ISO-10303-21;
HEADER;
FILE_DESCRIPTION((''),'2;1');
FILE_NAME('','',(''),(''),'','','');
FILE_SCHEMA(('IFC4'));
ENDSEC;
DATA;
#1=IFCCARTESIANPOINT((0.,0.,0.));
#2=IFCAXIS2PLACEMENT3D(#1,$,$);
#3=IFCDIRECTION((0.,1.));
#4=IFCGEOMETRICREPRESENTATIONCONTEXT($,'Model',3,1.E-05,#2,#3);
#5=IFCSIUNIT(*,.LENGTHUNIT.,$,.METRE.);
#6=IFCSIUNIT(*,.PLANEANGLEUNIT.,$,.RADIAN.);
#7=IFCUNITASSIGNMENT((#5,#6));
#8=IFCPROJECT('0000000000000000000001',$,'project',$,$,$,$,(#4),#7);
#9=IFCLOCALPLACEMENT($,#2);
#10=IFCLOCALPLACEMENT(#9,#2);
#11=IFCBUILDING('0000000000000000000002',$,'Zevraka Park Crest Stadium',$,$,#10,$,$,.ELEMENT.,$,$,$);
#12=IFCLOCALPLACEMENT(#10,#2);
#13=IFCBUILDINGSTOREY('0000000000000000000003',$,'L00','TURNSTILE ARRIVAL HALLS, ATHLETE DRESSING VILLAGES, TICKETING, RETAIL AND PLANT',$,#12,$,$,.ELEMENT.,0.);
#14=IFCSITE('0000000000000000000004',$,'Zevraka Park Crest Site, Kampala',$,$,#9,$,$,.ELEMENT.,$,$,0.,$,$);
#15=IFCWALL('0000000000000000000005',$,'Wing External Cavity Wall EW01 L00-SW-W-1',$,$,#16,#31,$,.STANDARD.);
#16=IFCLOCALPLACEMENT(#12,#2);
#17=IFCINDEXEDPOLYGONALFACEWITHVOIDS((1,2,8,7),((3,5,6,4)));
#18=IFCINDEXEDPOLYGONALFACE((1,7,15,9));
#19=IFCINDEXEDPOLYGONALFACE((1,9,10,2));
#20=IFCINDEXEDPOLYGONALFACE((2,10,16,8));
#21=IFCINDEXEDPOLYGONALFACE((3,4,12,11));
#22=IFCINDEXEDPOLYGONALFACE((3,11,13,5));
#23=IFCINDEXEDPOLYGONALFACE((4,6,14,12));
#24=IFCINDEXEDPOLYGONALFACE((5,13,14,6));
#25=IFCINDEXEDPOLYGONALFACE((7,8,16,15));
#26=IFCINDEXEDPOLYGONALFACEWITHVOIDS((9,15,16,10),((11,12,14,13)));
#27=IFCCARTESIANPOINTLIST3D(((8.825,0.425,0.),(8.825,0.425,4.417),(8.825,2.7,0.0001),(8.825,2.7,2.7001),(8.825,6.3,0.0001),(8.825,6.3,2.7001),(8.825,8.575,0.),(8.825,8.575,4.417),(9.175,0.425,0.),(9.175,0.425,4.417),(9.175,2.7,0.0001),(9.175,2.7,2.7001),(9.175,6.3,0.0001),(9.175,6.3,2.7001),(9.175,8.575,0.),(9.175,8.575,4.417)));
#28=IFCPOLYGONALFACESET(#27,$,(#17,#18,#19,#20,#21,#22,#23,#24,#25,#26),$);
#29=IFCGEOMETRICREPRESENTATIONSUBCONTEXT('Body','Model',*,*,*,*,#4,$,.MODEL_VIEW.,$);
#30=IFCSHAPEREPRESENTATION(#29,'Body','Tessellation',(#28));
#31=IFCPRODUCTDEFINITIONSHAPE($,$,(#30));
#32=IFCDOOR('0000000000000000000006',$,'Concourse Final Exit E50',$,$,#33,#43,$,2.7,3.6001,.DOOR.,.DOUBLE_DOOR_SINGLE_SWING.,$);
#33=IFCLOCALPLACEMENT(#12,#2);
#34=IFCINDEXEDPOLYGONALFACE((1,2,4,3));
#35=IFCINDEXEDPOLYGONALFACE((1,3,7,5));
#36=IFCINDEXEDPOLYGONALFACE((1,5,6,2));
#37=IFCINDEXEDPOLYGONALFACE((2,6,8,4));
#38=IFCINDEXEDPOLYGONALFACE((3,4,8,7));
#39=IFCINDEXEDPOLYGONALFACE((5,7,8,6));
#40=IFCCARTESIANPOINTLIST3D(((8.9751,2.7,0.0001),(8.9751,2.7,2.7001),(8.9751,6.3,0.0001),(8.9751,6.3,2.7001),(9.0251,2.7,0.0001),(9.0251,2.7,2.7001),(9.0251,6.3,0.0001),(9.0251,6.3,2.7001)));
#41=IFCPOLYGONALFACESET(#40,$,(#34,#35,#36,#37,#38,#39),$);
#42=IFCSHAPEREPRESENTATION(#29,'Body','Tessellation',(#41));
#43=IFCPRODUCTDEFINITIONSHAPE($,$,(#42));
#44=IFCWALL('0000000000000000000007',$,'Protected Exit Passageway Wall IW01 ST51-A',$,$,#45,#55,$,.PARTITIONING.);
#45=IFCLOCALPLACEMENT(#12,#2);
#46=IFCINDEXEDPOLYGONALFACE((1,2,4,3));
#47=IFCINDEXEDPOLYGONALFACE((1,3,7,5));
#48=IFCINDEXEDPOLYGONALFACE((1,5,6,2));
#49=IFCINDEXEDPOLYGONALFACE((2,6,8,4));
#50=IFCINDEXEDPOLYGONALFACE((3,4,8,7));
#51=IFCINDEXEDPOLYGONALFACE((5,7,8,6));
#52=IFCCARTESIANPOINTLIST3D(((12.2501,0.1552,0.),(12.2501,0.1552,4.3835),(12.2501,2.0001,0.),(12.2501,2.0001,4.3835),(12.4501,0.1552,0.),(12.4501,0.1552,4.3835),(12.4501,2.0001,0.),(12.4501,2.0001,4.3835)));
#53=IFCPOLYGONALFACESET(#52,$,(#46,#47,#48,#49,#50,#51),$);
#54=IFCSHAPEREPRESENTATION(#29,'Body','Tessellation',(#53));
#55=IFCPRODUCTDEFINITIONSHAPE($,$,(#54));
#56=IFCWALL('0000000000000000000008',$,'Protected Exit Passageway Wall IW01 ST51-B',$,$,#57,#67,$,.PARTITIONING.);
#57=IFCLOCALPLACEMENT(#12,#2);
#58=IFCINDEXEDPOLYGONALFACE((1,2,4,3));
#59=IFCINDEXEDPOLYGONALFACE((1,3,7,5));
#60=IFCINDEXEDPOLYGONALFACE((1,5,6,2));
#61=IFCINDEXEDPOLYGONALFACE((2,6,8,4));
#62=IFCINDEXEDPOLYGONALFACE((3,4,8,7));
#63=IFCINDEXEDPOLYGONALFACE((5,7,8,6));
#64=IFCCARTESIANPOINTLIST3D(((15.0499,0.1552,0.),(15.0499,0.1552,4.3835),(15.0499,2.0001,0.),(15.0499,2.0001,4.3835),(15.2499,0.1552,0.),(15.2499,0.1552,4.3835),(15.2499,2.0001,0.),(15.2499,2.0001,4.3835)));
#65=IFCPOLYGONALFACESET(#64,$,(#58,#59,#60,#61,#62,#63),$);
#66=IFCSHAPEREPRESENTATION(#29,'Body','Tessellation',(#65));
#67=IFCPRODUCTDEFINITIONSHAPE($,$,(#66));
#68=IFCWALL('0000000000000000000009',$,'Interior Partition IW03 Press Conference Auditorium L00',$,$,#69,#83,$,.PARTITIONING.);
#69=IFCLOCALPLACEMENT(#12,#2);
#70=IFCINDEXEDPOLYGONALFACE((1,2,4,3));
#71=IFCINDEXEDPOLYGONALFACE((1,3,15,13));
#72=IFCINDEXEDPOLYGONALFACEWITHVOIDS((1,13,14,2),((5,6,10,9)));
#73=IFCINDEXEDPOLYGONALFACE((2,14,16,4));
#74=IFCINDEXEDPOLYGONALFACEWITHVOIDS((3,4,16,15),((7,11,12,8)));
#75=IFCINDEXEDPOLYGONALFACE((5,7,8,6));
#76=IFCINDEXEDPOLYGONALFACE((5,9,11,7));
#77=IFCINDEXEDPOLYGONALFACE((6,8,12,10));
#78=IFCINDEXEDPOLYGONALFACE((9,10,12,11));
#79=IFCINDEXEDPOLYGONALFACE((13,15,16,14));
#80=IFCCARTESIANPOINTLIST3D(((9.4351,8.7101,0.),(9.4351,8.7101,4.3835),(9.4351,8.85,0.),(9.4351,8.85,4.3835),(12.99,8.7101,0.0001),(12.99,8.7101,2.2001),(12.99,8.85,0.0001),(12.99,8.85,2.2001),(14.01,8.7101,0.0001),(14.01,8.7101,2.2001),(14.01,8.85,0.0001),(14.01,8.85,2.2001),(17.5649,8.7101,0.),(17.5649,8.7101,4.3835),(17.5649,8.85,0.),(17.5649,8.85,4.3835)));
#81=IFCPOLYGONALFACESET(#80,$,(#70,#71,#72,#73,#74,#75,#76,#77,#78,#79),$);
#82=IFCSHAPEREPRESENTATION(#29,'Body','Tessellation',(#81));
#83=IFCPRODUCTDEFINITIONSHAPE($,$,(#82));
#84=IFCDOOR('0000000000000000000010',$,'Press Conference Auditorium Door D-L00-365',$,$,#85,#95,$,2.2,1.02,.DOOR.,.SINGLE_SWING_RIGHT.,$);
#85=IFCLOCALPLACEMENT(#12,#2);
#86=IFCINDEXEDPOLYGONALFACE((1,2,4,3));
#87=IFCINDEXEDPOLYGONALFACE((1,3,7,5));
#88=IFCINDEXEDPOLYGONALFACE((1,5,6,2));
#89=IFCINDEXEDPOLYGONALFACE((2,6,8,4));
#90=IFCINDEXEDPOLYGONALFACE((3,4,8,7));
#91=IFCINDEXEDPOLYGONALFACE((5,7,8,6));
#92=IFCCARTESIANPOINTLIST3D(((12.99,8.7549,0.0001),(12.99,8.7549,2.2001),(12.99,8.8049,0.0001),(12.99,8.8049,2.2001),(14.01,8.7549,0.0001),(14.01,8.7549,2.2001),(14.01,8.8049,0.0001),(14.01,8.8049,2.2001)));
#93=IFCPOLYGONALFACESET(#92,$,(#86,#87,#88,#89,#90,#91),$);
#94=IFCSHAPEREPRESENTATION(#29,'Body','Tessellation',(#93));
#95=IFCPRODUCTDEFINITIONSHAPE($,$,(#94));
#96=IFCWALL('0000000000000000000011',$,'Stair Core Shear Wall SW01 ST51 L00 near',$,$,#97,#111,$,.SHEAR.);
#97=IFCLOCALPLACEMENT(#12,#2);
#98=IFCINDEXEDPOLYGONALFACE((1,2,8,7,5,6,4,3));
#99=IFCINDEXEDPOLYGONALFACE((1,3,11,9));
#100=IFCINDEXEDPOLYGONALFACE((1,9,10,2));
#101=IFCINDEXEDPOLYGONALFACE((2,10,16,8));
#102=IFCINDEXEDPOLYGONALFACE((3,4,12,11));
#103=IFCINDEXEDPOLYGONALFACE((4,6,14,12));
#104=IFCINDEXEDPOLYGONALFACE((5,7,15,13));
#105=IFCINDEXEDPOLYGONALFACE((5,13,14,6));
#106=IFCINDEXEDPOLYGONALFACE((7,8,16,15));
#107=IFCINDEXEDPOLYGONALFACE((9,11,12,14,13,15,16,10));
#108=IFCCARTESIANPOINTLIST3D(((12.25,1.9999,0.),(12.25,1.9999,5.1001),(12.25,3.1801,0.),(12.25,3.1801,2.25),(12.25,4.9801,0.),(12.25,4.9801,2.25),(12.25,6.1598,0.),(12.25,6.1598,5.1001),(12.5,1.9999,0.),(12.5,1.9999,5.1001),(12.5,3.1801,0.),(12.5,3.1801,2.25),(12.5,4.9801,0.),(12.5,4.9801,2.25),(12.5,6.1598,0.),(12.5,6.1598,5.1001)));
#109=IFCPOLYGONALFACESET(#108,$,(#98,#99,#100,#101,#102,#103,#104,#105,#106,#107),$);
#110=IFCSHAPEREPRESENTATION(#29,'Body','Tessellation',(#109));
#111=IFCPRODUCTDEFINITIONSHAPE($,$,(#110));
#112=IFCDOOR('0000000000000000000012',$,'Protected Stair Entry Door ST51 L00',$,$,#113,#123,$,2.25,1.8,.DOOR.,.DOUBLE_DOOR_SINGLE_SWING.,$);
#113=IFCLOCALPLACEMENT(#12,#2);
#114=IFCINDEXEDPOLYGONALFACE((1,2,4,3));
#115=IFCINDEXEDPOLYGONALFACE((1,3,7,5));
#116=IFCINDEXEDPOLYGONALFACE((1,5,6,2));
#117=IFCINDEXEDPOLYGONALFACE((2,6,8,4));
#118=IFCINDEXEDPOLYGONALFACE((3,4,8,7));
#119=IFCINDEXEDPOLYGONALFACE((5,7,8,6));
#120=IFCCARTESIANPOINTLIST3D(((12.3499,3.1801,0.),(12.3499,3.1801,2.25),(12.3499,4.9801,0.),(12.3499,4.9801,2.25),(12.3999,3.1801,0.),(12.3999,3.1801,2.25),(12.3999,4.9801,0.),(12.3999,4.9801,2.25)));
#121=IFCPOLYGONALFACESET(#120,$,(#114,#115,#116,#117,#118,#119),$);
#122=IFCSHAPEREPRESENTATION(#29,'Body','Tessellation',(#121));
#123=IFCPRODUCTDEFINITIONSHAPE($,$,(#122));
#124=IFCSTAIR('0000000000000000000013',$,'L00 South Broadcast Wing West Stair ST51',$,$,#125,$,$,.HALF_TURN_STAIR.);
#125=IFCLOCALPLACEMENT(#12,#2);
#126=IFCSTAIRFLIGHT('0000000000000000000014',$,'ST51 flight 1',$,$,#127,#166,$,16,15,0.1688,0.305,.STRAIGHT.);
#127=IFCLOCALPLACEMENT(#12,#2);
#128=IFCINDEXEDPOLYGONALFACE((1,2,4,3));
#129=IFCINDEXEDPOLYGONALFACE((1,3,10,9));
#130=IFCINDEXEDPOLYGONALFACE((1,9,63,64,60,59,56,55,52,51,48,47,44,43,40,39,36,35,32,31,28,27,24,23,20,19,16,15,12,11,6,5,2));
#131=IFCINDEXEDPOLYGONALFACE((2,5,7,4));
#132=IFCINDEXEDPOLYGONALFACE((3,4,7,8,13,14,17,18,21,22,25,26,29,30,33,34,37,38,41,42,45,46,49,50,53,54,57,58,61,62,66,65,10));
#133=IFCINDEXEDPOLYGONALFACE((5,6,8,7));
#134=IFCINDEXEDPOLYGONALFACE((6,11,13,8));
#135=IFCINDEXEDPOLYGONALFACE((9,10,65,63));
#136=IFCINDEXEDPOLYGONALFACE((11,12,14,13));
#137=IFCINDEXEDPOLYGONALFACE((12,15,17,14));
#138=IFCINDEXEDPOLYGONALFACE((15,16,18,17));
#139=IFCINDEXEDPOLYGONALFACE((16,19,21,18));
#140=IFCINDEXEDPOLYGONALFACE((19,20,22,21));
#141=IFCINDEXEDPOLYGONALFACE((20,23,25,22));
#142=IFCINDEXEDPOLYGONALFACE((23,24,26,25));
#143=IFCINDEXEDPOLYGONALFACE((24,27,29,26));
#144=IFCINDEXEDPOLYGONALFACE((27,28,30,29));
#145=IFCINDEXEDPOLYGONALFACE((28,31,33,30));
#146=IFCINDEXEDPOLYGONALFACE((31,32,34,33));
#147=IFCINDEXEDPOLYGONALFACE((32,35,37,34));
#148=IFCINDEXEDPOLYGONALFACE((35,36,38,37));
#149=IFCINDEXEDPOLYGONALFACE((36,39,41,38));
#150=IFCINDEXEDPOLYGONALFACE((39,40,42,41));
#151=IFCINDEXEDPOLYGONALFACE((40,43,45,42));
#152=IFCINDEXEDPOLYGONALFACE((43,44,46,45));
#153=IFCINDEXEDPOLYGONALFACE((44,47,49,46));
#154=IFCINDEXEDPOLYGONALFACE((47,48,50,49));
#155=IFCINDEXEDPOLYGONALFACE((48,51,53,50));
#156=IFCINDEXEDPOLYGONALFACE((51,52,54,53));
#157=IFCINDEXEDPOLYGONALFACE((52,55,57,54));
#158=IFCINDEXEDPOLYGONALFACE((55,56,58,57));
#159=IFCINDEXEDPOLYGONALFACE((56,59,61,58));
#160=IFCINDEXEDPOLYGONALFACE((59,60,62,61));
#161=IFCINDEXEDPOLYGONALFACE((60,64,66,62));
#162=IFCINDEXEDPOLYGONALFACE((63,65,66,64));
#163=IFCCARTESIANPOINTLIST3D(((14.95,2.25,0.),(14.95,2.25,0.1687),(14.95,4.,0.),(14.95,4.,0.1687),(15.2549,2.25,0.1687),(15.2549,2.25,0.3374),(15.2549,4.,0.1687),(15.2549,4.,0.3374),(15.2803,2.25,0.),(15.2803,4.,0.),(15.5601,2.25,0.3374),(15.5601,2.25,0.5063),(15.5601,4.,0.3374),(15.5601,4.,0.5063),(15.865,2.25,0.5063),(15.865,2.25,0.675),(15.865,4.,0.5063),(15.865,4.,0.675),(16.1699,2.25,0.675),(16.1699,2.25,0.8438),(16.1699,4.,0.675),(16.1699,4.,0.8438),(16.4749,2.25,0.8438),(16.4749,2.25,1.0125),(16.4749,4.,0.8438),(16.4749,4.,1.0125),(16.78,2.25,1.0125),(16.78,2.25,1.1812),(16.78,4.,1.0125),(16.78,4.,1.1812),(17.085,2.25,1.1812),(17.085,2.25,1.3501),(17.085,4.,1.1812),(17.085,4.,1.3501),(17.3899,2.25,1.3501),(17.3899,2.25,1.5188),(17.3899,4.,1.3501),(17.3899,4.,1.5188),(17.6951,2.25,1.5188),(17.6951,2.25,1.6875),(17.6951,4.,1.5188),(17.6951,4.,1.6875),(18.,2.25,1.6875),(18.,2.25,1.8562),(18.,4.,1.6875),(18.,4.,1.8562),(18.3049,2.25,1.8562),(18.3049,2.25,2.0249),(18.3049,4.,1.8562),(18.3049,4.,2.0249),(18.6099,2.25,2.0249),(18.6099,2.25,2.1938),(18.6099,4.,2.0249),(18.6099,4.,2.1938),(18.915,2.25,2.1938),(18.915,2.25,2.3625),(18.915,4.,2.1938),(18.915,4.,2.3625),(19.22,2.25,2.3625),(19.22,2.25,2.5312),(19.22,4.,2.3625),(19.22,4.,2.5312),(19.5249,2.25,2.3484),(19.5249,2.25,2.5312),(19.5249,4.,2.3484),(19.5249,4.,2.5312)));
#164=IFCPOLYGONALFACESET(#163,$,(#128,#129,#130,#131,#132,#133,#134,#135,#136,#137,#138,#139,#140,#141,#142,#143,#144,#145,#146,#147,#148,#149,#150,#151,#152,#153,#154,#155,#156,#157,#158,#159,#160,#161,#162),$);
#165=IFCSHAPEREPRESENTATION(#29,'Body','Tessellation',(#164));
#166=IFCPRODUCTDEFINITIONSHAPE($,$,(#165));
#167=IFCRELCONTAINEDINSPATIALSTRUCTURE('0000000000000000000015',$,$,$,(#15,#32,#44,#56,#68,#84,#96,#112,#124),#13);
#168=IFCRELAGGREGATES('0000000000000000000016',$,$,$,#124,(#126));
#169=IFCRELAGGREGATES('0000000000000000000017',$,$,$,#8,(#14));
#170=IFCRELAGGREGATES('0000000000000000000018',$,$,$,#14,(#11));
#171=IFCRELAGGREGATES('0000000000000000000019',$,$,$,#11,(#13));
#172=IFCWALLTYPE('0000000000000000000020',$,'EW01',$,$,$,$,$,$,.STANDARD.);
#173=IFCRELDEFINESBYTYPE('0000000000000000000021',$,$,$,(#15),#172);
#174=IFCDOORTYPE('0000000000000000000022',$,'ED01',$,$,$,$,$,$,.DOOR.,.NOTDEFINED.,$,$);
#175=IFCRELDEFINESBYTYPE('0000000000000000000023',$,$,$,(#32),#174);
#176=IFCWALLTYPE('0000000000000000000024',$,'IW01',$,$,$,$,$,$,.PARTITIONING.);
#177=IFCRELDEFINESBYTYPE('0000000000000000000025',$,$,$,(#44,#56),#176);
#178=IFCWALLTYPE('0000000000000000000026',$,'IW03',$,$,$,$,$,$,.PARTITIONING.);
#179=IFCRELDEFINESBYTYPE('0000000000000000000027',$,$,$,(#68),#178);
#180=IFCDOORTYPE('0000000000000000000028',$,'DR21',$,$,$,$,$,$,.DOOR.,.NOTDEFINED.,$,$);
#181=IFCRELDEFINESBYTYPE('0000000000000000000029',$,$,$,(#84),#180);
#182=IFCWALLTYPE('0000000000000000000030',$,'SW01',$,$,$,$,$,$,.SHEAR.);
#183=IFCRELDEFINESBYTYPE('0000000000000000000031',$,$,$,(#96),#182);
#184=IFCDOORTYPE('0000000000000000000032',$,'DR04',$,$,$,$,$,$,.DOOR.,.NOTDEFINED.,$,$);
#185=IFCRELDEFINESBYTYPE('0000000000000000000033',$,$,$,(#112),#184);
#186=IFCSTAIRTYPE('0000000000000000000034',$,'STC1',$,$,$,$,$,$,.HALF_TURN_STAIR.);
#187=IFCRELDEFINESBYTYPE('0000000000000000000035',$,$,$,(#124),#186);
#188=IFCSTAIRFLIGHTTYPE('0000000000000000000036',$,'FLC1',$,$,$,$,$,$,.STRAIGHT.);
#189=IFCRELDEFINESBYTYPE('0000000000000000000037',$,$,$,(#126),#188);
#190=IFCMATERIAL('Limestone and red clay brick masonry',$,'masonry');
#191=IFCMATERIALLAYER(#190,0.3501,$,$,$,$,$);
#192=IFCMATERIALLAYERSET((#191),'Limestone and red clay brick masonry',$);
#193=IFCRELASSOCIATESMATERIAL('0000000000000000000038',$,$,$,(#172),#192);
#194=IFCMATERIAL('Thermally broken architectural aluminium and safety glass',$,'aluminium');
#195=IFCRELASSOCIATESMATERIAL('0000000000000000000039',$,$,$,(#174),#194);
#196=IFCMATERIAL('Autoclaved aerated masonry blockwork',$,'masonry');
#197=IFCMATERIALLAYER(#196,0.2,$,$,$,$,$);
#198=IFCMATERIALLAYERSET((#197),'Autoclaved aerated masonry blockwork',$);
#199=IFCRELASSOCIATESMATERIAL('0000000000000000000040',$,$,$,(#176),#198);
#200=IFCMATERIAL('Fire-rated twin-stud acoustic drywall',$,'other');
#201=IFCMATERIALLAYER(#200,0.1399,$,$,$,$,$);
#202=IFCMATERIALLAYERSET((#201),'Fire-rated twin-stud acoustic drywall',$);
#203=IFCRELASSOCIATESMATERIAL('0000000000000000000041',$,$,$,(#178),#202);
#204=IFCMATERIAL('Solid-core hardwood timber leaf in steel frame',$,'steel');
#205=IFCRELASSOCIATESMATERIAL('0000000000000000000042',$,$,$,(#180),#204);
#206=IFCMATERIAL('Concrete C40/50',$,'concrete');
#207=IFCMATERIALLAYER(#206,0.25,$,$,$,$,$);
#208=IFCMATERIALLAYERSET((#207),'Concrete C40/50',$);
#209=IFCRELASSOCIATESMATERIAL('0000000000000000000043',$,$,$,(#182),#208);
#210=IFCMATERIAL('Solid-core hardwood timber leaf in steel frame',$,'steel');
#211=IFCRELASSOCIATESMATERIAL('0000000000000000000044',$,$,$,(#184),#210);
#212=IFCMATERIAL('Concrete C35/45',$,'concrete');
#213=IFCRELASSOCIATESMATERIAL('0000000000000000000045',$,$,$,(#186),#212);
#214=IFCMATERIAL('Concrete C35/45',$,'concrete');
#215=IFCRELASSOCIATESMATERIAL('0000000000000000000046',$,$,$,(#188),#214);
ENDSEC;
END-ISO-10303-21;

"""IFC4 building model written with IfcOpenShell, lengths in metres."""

from ifc_helpers import new_model, si_unit, direction, frame, frame_2d, origin, place, context, subcontext, project, spatial, polyline, rectangle, outline, extrude, material, layer, layer_set, type_object, element, fill, aggregate, save


model = new_model("IFC4")

# Units and contexts
model_context = context("Model", 3, precision=1e-05, world=origin(), true_north=direction((0.0, 1.0)))
body_context = subcontext(model_context, "Body", "Model", "MODEL_VIEW")
ifc_project = project(units=[si_unit("LENGTHUNIT", "METRE"), si_unit("PLANEANGLEUNIT", "RADIAN")], contexts=[model_context])

# Site, building, storey
site_placement = place(None, origin())
site = spatial("IfcSite", under=ifc_project, at=site_placement, Name="Zevraka Park Crest Site, Kampala", CompositionType="ELEMENT", RefElevation=0.0)
building_placement = place(site_placement, origin())
building = spatial("IfcBuilding", under=site, at=building_placement, Name="Zevraka Park Crest Stadium", CompositionType="ELEMENT")
storey_placement = place(building_placement, origin())
storey = spatial("IfcBuildingStorey", under=building, at=storey_placement, Name="L00", Description="TURNSTILE ARRIVAL HALLS, ATHLETE DRESSING VILLAGES, TICKETING, RETAIL AND PLANT", CompositionType="ELEMENT", Elevation=0.0)

# Wall, opening, door
ifc_material_1 = material(Name="Limestone and red clay brick masonry", Category="masonry")
ifc_layer_1 = layer(ifc_material_1, 0.3501)
ifc_layer_set_1 = layer_set([ifc_layer_1], Name="Limestone and red clay brick masonry")
wall_type_1 = type_object("IfcWallType", Name="EW01", PredefinedType="STANDARD", material=ifc_layer_set_1)
wall_1_placement = place(storey_placement, frame((9.0, 0.425, 0.0), z_axis=(0.0, 0.0, 1.0), x_axis=(0.0, 1.0, 0.0)))
wall_1 = element("IfcWall", 1, at=wall_1_placement, inside=storey, type_object=wall_type_1, Name="Wing External Cavity Wall EW01 L00-SW-W-1", PredefinedType="STANDARD", context=body_context, shape_type="SweptSolid", body=[
    extrude(rectangle(XDim=8.1499, YDim=0.3501, at=frame_2d((4.075, 0.0))), origin(), (0.0, 0.0, 1.0), 4.417),
])
opening_1_placement = place(wall_1_placement, frame((2.2749, 0.0, 0.0)))
opening_1 = element("IfcOpeningElement", 2, at=opening_1_placement, cuts=wall_1, PredefinedType="OPENING", context=body_context, shape_type="SweptSolid", body=[
    extrude(rectangle(XDim=3.6001, YDim=2.7, at=frame_2d((1.8, 1.3501))), frame((0.0, 0.1851, 0.0), z_axis=(0.0, -1.0, 0.0), x_axis=(1.0, 0.0, 0.0)), (0.0, 0.0, 1.0), 0.3701),
])
ifc_material_2 = material(Name="Thermally broken architectural aluminium and safety glass", Category="aluminium")
door_type_1 = type_object("IfcDoorType", Name="ED01", OperationType="NOTDEFINED", PredefinedType="DOOR", material=ifc_material_2)
door_1_placement = place(opening_1_placement, origin())
door_1 = element("IfcDoor", 3, at=door_1_placement, inside=storey, type_object=door_type_1, Name="Concourse Final Exit E50", OperationType="DOUBLE_DOOR_SINGLE_SWING", OverallHeight=2.7, OverallWidth=3.6001, PredefinedType="DOOR", context=body_context, shape_type="SweptSolid", body=[
    extrude(rectangle(XDim=3.6001, YDim=2.7, at=frame_2d((1.8, 1.3501))), frame((0.0, 0.0249, 0.0), z_axis=(0.0, -1.0, 0.0), x_axis=(1.0, 0.0, 0.0)), (0.0, 0.0, 1.0), 0.05),
])
fill(opening_1, door_1)

# Walls
ifc_material_3 = material(Name="Autoclaved aerated masonry blockwork", Category="masonry")
ifc_layer_2 = layer(ifc_material_3, 0.2)
ifc_layer_set_2 = layer_set([ifc_layer_2], Name="Autoclaved aerated masonry blockwork")
wall_type_2 = type_object("IfcWallType", Name="IW01", PredefinedType="PARTITIONING", material=ifc_layer_set_2)
for number, where, z_axis, x_axis, name in (
    (4, (12.3501, 2.0, 0.0), (0.0, 0.0, 1.0), (0.0, -1.0, 0.0), "Protected Exit Passageway Wall IW01 ST51-A"),
    (5, (15.1499, 2.0, 0.0), (0.0, 0.0, 1.0), (0.0, -1.0, 0.0), "Protected Exit Passageway Wall IW01 ST51-B"),
):
    element("IfcWall", number, at=place(storey_placement, frame(where, z_axis=z_axis, x_axis=x_axis)), inside=storey, type_object=wall_type_2, Name=name, PredefinedType="PARTITIONING", context=body_context, shape_type="SweptSolid", body=[
        extrude(rectangle(XDim=1.845, YDim=0.2, at=frame_2d((0.9224, 0.0))), origin(), (0.0, 0.0, 1.0), 4.3835),
    ])

# Walls, openings, doors
ifc_material_4 = material(Name="Fire-rated twin-stud acoustic drywall", Category="other")
ifc_layer_3 = layer(ifc_material_4, 0.1399)
ifc_layer_set_3 = layer_set([ifc_layer_3], Name="Fire-rated twin-stud acoustic drywall")
wall_type_3 = type_object("IfcWallType", Name="IW03", PredefinedType="PARTITIONING", material=ifc_layer_set_3)
wall_2_placement = place(storey_placement, frame((9.4351, 8.78, 0.0), z_axis=(0.0, 0.0, 1.0), x_axis=(1.0, 0.0, 0.0)))
wall_2 = element("IfcWall", 6, at=wall_2_placement, inside=storey, type_object=wall_type_3, Name="Interior Partition IW03 Press Conference Auditorium L00", PredefinedType="PARTITIONING", context=body_context, shape_type="SweptSolid", body=[
    extrude(rectangle(XDim=8.1299, YDim=0.1399, at=frame_2d((4.0649, 0.0))), origin(), (0.0, 0.0, 1.0), 4.3835),
])
opening_2_placement = place(wall_2_placement, frame((3.5549, 0.0, 0.0)))
opening_2 = element("IfcOpeningElement", 7, at=opening_2_placement, cuts=wall_2, PredefinedType="OPENING", context=body_context, shape_type="SweptSolid", body=[
    extrude(rectangle(XDim=1.02, YDim=2.2, at=frame_2d((0.51, 1.1001))), frame((0.0, 0.0798, 0.0), z_axis=(0.0, -1.0, 0.0), x_axis=(1.0, 0.0, 0.0)), (0.0, 0.0, 1.0), 0.1599),
])
ifc_material_5 = material(Name="Solid-core hardwood timber leaf in steel frame", Category="steel")
door_type_2 = type_object("IfcDoorType", Name="DR21", OperationType="NOTDEFINED", PredefinedType="DOOR", material=ifc_material_5)
door_2_placement = place(opening_2_placement, origin())
door_2 = element("IfcDoor", 8, at=door_2_placement, inside=storey, type_object=door_type_2, Name="Press Conference Auditorium Door D-L00-365", OperationType="SINGLE_SWING_RIGHT", OverallHeight=2.2, OverallWidth=1.02, PredefinedType="DOOR", context=body_context, shape_type="SweptSolid", body=[
    extrude(rectangle(XDim=1.02, YDim=2.2, at=frame_2d((0.51, 1.1001))), frame((0.0, 0.0249, 0.0), z_axis=(0.0, -1.0, 0.0), x_axis=(1.0, 0.0, 0.0)), (0.0, 0.0, 1.0), 0.05),
])
fill(opening_2, door_2)
ifc_material_6 = material(Name="Concrete C40/50", Category="concrete")
ifc_layer_4 = layer(ifc_material_6, 0.25)
ifc_layer_set_4 = layer_set([ifc_layer_4], Name="Concrete C40/50")
wall_type_4 = type_object("IfcWallType", Name="SW01", PredefinedType="SHEAR", material=ifc_layer_set_4)
wall_3_placement = place(storey_placement, frame((12.375, 6.1599, 0.0), z_axis=(0.0, 0.0, 1.0), x_axis=(0.0, -1.0, 0.0)))
wall_3 = element("IfcWall", 9, at=wall_3_placement, inside=storey, type_object=wall_type_4, Name="Stair Core Shear Wall SW01 ST51 L00 near", PredefinedType="SHEAR", context=body_context, shape_type="SweptSolid", body=[
    extrude(rectangle(XDim=4.1599, YDim=0.25, at=frame_2d((2.0801, 0.0))), origin(), (0.0, 0.0, 1.0), 5.1001),
])
opening_3_placement = place(wall_3_placement, frame((1.1799, 0.0, 0.0)))
opening_3 = element("IfcOpeningElement", 10, at=opening_3_placement, cuts=wall_3, PredefinedType="OPENING", context=body_context, shape_type="SweptSolid", body=[
    extrude(rectangle(XDim=1.8, YDim=2.25, at=frame_2d((0.8999, 1.125))), frame((0.0, 0.135, 0.0), z_axis=(0.0, -1.0, 0.0), x_axis=(1.0, 0.0, 0.0)), (0.0, 0.0, 1.0), 0.27),
])
ifc_material_7 = material(Name="Solid-core hardwood timber leaf in steel frame", Category="steel")
door_type_3 = type_object("IfcDoorType", Name="DR04", OperationType="NOTDEFINED", PredefinedType="DOOR", material=ifc_material_7)
door_3_placement = place(opening_3_placement, origin())
door_3 = element("IfcDoor", 11, at=door_3_placement, inside=storey, type_object=door_type_3, Name="Protected Stair Entry Door ST51 L00", OperationType="DOUBLE_DOOR_SINGLE_SWING", OverallHeight=2.25, OverallWidth=1.8, PredefinedType="DOOR", context=body_context, shape_type="SweptSolid", body=[
    extrude(rectangle(XDim=1.8, YDim=2.25, at=frame_2d((0.8999, 1.125))), frame((0.0, 0.0249, 0.0), z_axis=(0.0, -1.0, 0.0), x_axis=(1.0, 0.0, 0.0)), (0.0, 0.0, 1.0), 0.05),
])
fill(opening_3, door_3)

# Stair, stair flight
ifc_material_8 = material(Name="Concrete C35/45", Category="concrete")
stair_type = type_object("IfcStairType", Name="STC1", PredefinedType="HALF_TURN_STAIR", material=ifc_material_8)
stair_placement = place(storey_placement, origin())
stair = element("IfcStair", 12, at=stair_placement, inside=storey, type_object=stair_type, Name="L00 South Broadcast Wing West Stair ST51", PredefinedType="HALF_TURN_STAIR")
ifc_material_9 = material(Name="Concrete C35/45", Category="concrete")
stair_flight_type = type_object("IfcStairFlightType", Name="FLC1", PredefinedType="STRAIGHT", material=ifc_material_9)
stair_flight_placement = place(storey_placement, frame((14.95, 3.125, 0.0), z_axis=(0.0, 0.0, 1.0), x_axis=(1.0, 0.0, 0.0)))
stair_flight = element("IfcStairFlight", 13, at=stair_flight_placement, type_object=stair_flight_type, Name="ST51 flight 1", NumberOfRisers=16, NumberOfTreads=15, PredefinedType="STRAIGHT", RiserHeight=0.1688, TreadLength=0.305, context=body_context, shape_type="SweptSolid", body=[
    extrude(outline(polyline([(0.0, 0.0), (0.0, 0.1687), (0.3049, 0.1687), (0.3049, 0.3374), (0.6101, 0.3374), (0.6101, 0.5063), (0.915, 0.5063), (0.915, 0.675), (1.22, 0.675), (1.22, 0.8438), (1.5249, 0.8438), (1.5249, 1.0125), (1.8301, 1.0125), (1.8301, 1.1812), (2.135, 1.1812), (2.135, 1.3501), (2.4399, 1.3501), (2.4399, 1.5188), (2.7451, 1.5188), (2.7451, 1.6875), (3.05, 1.6875), (3.05, 1.8562), (3.355, 1.8562), (3.355, 2.0249), (3.6599, 2.0249), (3.6599, 2.1938), (3.9651, 2.1938), (3.9651, 2.3625), (4.27, 2.3625), (4.27, 2.5312), (4.575, 2.5312), (4.575, 2.7), (4.575, 2.3484), (0.3303, 0.0), (0.0, 0.0)])), frame((0.0, 0.875, 0.0), z_axis=(0.0, -1.0, 0.0), x_axis=(1.0, 0.0, 0.0)), (0.0, 0.0, 1.0), 1.75),
])
aggregate(stair, [stair_flight])

save(model, "model.ifc")
